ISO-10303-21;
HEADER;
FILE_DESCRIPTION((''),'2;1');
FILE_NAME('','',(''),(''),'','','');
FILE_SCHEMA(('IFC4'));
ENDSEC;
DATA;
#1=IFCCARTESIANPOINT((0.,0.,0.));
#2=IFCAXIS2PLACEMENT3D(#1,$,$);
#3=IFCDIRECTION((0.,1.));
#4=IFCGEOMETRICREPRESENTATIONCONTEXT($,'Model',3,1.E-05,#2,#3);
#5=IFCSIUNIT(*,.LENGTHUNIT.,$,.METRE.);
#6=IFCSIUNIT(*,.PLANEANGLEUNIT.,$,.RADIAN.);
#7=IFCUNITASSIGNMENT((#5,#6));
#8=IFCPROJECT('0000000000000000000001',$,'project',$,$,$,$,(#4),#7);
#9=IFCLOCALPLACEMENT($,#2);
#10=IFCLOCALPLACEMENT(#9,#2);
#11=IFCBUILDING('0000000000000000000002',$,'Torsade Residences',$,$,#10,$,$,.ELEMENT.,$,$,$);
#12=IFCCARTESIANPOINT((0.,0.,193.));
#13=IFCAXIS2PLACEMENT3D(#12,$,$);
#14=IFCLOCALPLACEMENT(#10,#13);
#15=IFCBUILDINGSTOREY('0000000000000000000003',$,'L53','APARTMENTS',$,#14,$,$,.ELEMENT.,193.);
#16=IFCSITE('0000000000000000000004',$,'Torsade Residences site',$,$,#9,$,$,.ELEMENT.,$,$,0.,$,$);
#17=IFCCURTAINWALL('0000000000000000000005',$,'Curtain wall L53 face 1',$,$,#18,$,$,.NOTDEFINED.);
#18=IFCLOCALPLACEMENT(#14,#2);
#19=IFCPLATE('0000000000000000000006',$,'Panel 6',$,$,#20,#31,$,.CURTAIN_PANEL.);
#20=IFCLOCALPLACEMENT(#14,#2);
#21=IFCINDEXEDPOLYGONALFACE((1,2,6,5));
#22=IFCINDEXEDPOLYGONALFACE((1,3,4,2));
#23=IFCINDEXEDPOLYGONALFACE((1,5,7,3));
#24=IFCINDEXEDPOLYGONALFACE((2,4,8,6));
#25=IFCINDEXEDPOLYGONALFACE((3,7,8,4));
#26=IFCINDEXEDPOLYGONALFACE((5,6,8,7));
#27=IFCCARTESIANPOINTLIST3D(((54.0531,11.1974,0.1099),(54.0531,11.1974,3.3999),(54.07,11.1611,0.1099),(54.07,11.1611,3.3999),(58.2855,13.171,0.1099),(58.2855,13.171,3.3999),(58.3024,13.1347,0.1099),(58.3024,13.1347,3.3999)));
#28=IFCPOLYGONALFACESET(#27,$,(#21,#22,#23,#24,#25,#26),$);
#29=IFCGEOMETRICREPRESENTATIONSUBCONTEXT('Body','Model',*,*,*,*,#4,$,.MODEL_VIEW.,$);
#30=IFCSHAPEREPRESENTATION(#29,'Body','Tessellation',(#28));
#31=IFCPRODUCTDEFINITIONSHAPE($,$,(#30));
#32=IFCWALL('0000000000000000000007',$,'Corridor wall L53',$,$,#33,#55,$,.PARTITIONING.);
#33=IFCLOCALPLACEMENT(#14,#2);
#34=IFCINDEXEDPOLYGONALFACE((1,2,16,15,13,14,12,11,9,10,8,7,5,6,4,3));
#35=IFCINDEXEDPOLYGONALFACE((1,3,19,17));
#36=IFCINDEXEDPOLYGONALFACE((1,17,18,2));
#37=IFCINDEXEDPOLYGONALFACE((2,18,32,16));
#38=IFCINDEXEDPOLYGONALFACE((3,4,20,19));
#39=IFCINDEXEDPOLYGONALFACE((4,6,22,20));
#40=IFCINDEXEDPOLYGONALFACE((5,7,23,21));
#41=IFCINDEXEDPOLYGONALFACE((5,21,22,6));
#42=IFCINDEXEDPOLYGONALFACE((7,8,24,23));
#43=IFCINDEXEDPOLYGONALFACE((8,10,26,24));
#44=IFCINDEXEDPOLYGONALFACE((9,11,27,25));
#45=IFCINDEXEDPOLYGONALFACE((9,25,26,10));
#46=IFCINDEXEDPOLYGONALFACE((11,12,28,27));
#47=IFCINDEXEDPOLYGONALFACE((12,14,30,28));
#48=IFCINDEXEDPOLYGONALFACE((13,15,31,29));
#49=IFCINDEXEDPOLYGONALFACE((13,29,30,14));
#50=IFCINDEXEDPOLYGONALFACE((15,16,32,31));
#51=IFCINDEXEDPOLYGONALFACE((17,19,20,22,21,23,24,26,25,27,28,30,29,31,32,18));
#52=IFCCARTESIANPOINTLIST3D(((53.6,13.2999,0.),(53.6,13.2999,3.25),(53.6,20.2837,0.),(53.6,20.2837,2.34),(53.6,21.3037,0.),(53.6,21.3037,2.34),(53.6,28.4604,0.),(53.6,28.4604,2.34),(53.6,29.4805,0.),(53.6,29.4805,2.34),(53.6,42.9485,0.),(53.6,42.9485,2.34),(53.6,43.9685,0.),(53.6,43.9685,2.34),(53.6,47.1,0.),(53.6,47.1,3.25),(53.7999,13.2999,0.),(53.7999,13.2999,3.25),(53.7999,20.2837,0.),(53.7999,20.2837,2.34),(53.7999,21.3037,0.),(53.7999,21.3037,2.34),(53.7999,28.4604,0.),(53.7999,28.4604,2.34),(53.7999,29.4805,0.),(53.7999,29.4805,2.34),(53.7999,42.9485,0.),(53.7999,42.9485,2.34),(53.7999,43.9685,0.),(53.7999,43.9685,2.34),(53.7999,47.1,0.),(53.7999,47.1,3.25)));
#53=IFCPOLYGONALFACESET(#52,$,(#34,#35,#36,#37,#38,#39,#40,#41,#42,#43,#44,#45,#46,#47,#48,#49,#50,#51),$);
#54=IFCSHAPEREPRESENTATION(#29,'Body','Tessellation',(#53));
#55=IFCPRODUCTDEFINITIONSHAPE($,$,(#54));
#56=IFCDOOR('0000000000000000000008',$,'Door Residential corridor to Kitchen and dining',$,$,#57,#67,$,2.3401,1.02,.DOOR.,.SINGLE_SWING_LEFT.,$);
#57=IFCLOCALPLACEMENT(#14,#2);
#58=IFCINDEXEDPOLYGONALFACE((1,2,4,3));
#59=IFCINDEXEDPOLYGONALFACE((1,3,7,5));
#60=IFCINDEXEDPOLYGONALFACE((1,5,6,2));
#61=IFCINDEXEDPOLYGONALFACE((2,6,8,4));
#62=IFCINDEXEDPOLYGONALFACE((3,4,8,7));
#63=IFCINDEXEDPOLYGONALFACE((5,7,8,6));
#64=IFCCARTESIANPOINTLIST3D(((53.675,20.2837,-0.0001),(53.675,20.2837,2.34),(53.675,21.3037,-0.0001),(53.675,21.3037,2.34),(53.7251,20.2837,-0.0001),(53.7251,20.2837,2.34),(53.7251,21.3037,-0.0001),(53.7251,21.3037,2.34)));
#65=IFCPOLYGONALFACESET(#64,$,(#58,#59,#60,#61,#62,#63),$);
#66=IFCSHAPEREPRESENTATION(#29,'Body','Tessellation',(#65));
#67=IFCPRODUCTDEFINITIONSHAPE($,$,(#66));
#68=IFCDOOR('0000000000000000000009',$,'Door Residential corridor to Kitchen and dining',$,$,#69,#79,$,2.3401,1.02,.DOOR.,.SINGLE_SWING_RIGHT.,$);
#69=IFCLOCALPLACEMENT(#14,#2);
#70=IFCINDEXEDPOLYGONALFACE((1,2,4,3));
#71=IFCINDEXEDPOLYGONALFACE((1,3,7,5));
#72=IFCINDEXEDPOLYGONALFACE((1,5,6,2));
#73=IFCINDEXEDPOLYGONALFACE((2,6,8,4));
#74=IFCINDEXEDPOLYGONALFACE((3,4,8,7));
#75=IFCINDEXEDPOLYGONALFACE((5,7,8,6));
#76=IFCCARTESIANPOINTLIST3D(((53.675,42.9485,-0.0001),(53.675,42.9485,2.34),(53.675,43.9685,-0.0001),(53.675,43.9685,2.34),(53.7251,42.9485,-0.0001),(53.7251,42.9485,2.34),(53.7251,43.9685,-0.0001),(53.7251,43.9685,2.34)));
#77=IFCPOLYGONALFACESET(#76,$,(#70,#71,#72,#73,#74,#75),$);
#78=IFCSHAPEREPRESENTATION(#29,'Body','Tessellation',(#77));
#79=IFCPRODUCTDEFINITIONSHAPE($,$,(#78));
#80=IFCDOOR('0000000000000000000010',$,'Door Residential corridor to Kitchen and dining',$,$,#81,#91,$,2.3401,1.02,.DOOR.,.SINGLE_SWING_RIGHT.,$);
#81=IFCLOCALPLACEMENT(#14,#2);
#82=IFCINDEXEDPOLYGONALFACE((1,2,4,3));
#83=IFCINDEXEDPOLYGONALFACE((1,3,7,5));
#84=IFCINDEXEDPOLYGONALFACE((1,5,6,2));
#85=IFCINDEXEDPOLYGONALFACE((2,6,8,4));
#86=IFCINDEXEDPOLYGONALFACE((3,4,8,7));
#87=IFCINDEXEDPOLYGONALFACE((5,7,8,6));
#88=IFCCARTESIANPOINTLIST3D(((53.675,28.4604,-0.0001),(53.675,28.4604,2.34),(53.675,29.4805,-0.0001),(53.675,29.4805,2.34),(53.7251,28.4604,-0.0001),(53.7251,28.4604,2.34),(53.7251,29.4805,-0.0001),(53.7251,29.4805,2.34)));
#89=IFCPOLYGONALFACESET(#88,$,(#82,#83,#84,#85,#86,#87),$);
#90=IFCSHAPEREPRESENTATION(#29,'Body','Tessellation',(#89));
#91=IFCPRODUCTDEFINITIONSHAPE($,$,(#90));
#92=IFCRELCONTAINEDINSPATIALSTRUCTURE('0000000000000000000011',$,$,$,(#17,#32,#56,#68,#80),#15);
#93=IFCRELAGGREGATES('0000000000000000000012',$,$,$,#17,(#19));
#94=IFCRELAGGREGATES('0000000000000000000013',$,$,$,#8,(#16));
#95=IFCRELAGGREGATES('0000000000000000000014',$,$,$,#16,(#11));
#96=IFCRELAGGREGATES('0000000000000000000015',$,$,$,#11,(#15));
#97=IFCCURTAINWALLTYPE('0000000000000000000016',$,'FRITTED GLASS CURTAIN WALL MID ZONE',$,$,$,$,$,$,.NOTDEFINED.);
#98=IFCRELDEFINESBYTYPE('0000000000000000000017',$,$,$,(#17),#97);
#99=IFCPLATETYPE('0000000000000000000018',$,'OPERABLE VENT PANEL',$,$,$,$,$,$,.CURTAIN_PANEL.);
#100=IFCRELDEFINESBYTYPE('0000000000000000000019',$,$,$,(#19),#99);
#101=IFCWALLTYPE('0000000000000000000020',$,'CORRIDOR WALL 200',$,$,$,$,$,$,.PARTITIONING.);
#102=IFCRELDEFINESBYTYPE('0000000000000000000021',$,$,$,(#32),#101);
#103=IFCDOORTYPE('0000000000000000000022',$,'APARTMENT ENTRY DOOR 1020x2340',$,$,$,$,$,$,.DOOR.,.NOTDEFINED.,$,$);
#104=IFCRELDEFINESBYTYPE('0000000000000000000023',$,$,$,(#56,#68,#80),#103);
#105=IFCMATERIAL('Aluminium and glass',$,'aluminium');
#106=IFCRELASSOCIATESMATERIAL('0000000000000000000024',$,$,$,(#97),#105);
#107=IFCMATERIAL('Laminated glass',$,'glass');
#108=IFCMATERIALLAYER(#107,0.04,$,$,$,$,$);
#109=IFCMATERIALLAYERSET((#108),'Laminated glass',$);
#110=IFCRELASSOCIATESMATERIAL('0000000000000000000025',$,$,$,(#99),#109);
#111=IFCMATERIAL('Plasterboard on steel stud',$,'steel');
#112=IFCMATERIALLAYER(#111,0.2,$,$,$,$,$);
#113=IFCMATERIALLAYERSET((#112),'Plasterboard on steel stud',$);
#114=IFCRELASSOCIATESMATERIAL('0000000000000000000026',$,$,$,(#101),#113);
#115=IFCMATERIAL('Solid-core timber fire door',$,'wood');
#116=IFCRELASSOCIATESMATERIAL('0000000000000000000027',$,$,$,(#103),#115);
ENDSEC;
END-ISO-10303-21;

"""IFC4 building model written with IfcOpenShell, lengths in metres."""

from ifc_helpers import new_model, si_unit, direction, frame, frame_2d, origin, origin_2d, place, context, subcontext, project, spatial, rectangle, extrude, material, layer, layer_set, type_object, element, fill, aggregate, save


model = new_model("IFC4")

# Units and contexts
model_context = context("Model", 3, precision=1e-05, world=origin(), true_north=direction((0.0, 1.0)))
body_context = subcontext(model_context, "Body", "Model", "MODEL_VIEW")
ifc_project = project(units=[si_unit("LENGTHUNIT", "METRE"), si_unit("PLANEANGLEUNIT", "RADIAN")], contexts=[model_context])

# Site, building, storey
site_placement = place(None, origin())
site = spatial("IfcSite", under=ifc_project, at=site_placement, Name="Torsade Residences site", CompositionType="ELEMENT", RefElevation=0.0)
building_placement = place(site_placement, origin())
building = spatial("IfcBuilding", under=site, at=building_placement, Name="Torsade Residences", CompositionType="ELEMENT")
storey_placement = place(building_placement, frame((0.0, 0.0, 193.0)))
storey = spatial("IfcBuildingStorey", under=building, at=storey_placement, Name="L53", Description="APARTMENTS", CompositionType="ELEMENT", Elevation=193.0)

# Curtain wall
ifc_material_1 = material(Name="Aluminium and glass", Category="aluminium")
curtain_wall_type = type_object("IfcCurtainWallType", Name="FRITTED GLASS CURTAIN WALL MID ZONE", PredefinedType="NOTDEFINED", material=ifc_material_1)
curtain_wall_placement = place(storey_placement, origin())
curtain_wall = element("IfcCurtainWall", 1, at=curtain_wall_placement, inside=storey, type_object=curtain_wall_type, Name="Curtain wall L53 face 1", PredefinedType="NOTDEFINED")

# Plate
ifc_material_2 = material(Name="Laminated glass", Category="glass")
ifc_layer_1 = layer(ifc_material_2, 0.04)
ifc_layer_set_1 = layer_set([ifc_layer_1], Name="Laminated glass")
plate_type_1 = type_object("IfcPlateType", Name="OPERABLE VENT PANEL", PredefinedType="CURTAIN_PANEL", material=ifc_layer_set_1)
plate_1_placement = place(storey_placement, frame((56.1777, 12.166, 0.1099), z_axis=(0.0, 0.0, 1.0), x_axis=(0.906308, 0.422618, 0.0)))
plate_1 = element("IfcPlate", 2, at=plate_1_placement, type_object=plate_type_1, Name="Panel 6", PredefinedType="CURTAIN_PANEL", context=body_context, shape_type="SweptSolid", body=[
    extrude(rectangle(XDim=4.6699, YDim=0.04, at=origin_2d()), origin(), (0.0, 0.0, 1.0), 3.29),
])
aggregate(curtain_wall, [plate_1])

# Wall, openings, doors
ifc_material_3 = material(Name="Plasterboard on steel stud", Category="steel")
ifc_layer_2 = layer(ifc_material_3, 0.2)
ifc_layer_set_2 = layer_set([ifc_layer_2], Name="Plasterboard on steel stud")
wall_type_1 = type_object("IfcWallType", Name="CORRIDOR WALL 200", PredefinedType="PARTITIONING", material=ifc_layer_set_2)
wall_1_placement = place(storey_placement, frame((53.7, 13.3, 0.0), z_axis=(0.0, 0.0, 1.0), x_axis=(0.0, 1.0, 0.0)))
wall_1 = element("IfcWall", 3, at=wall_1_placement, inside=storey, type_object=wall_type_1, Name="Corridor wall L53", PredefinedType="PARTITIONING", context=body_context, shape_type="SweptSolid", body=[
    extrude(rectangle(XDim=33.8, YDim=0.2, at=frame_2d((16.8999, 0.0))), origin(), (0.0, 0.0, 1.0), 3.25),
])
opening_1_placement = place(wall_1_placement, frame((6.9836, 0.0, 0.0)))
opening_1 = element("IfcOpeningElement", 4, at=opening_1_placement, cuts=wall_1, PredefinedType="OPENING", context=body_context, shape_type="SweptSolid", body=[
    extrude(rectangle(XDim=1.02, YDim=2.3401, at=frame_2d((0.51, 1.1699))), frame((0.0, 0.1099, 0.0), z_axis=(0.0, -1.0, 0.0), x_axis=(1.0, 0.0, 0.0)), (0.0, 0.0, 1.0), 0.22),
])
opening_2_placement = place(wall_1_placement, frame((29.6484, 0.0, 0.0)))
opening_2 = element("IfcOpeningElement", 5, at=opening_2_placement, cuts=wall_1, PredefinedType="OPENING", context=body_context, shape_type="SweptSolid", body=[
    extrude(rectangle(XDim=1.02, YDim=2.3401, at=frame_2d((0.51, 1.1699))), frame((0.0, 0.1099, 0.0), z_axis=(0.0, -1.0, 0.0), x_axis=(1.0, 0.0, 0.0)), (0.0, 0.0, 1.0), 0.22),
])
opening_3_placement = place(wall_1_placement, frame((15.1604, 0.0, 0.0)))
opening_3 = element("IfcOpeningElement", 6, at=opening_3_placement, cuts=wall_1, PredefinedType="OPENING", context=body_context, shape_type="SweptSolid", body=[
    extrude(rectangle(XDim=1.02, YDim=2.3401, at=frame_2d((0.51, 1.1699))), frame((0.0, 0.1099, 0.0), z_axis=(0.0, -1.0, 0.0), x_axis=(1.0, 0.0, 0.0)), (0.0, 0.0, 1.0), 0.22),
])
ifc_material_4 = material(Name="Solid-core timber fire door", Category="wood")
door_type_1 = type_object("IfcDoorType", Name="APARTMENT ENTRY DOOR 1020x2340", OperationType="NOTDEFINED", PredefinedType="DOOR", material=ifc_material_4)
door_1_placement = place(opening_1_placement, origin())
door_1 = element("IfcDoor", 7, at=door_1_placement, inside=storey, type_object=door_type_1, Name="Door Residential corridor to Kitchen and dining", OperationType="SINGLE_SWING_LEFT", OverallHeight=2.3401, OverallWidth=1.02, PredefinedType="DOOR", context=body_context, shape_type="SweptSolid", body=[
    extrude(rectangle(XDim=1.02, YDim=2.3401, at=frame_2d((0.51, 1.1699))), frame((0.0, 0.0249, 0.0), z_axis=(0.0, -1.0, 0.0), x_axis=(1.0, 0.0, 0.0)), (0.0, 0.0, 1.0), 0.05),
])
fill(opening_1, door_1)
door_2_placement = place(opening_2_placement, origin())
door_2 = element("IfcDoor", 8, at=door_2_placement, inside=storey, type_object=door_type_1, Name="Door Residential corridor to Kitchen and dining", OperationType="SINGLE_SWING_RIGHT", OverallHeight=2.3401, OverallWidth=1.02, PredefinedType="DOOR", context=body_context, shape_type="SweptSolid", body=[
    extrude(rectangle(XDim=1.02, YDim=2.3401, at=frame_2d((0.51, 1.1699))), frame((0.0, 0.0249, 0.0), z_axis=(0.0, -1.0, 0.0), x_axis=(1.0, 0.0, 0.0)), (0.0, 0.0, 1.0), 0.05),
])
fill(opening_2, door_2)
door_3_placement = place(opening_3_placement, origin())
door_3 = element("IfcDoor", 9, at=door_3_placement, inside=storey, type_object=door_type_1, Name="Door Residential corridor to Kitchen and dining", OperationType="SINGLE_SWING_RIGHT", OverallHeight=2.3401, OverallWidth=1.02, PredefinedType="DOOR", context=body_context, shape_type="SweptSolid", body=[
    extrude(rectangle(XDim=1.02, YDim=2.3401, at=frame_2d((0.51, 1.1699))), frame((0.0, 0.0249, 0.0), z_axis=(0.0, -1.0, 0.0), x_axis=(1.0, 0.0, 0.0)), (0.0, 0.0, 1.0), 0.05),
])
fill(opening_3, door_3)

save(model, "model.ifc")
